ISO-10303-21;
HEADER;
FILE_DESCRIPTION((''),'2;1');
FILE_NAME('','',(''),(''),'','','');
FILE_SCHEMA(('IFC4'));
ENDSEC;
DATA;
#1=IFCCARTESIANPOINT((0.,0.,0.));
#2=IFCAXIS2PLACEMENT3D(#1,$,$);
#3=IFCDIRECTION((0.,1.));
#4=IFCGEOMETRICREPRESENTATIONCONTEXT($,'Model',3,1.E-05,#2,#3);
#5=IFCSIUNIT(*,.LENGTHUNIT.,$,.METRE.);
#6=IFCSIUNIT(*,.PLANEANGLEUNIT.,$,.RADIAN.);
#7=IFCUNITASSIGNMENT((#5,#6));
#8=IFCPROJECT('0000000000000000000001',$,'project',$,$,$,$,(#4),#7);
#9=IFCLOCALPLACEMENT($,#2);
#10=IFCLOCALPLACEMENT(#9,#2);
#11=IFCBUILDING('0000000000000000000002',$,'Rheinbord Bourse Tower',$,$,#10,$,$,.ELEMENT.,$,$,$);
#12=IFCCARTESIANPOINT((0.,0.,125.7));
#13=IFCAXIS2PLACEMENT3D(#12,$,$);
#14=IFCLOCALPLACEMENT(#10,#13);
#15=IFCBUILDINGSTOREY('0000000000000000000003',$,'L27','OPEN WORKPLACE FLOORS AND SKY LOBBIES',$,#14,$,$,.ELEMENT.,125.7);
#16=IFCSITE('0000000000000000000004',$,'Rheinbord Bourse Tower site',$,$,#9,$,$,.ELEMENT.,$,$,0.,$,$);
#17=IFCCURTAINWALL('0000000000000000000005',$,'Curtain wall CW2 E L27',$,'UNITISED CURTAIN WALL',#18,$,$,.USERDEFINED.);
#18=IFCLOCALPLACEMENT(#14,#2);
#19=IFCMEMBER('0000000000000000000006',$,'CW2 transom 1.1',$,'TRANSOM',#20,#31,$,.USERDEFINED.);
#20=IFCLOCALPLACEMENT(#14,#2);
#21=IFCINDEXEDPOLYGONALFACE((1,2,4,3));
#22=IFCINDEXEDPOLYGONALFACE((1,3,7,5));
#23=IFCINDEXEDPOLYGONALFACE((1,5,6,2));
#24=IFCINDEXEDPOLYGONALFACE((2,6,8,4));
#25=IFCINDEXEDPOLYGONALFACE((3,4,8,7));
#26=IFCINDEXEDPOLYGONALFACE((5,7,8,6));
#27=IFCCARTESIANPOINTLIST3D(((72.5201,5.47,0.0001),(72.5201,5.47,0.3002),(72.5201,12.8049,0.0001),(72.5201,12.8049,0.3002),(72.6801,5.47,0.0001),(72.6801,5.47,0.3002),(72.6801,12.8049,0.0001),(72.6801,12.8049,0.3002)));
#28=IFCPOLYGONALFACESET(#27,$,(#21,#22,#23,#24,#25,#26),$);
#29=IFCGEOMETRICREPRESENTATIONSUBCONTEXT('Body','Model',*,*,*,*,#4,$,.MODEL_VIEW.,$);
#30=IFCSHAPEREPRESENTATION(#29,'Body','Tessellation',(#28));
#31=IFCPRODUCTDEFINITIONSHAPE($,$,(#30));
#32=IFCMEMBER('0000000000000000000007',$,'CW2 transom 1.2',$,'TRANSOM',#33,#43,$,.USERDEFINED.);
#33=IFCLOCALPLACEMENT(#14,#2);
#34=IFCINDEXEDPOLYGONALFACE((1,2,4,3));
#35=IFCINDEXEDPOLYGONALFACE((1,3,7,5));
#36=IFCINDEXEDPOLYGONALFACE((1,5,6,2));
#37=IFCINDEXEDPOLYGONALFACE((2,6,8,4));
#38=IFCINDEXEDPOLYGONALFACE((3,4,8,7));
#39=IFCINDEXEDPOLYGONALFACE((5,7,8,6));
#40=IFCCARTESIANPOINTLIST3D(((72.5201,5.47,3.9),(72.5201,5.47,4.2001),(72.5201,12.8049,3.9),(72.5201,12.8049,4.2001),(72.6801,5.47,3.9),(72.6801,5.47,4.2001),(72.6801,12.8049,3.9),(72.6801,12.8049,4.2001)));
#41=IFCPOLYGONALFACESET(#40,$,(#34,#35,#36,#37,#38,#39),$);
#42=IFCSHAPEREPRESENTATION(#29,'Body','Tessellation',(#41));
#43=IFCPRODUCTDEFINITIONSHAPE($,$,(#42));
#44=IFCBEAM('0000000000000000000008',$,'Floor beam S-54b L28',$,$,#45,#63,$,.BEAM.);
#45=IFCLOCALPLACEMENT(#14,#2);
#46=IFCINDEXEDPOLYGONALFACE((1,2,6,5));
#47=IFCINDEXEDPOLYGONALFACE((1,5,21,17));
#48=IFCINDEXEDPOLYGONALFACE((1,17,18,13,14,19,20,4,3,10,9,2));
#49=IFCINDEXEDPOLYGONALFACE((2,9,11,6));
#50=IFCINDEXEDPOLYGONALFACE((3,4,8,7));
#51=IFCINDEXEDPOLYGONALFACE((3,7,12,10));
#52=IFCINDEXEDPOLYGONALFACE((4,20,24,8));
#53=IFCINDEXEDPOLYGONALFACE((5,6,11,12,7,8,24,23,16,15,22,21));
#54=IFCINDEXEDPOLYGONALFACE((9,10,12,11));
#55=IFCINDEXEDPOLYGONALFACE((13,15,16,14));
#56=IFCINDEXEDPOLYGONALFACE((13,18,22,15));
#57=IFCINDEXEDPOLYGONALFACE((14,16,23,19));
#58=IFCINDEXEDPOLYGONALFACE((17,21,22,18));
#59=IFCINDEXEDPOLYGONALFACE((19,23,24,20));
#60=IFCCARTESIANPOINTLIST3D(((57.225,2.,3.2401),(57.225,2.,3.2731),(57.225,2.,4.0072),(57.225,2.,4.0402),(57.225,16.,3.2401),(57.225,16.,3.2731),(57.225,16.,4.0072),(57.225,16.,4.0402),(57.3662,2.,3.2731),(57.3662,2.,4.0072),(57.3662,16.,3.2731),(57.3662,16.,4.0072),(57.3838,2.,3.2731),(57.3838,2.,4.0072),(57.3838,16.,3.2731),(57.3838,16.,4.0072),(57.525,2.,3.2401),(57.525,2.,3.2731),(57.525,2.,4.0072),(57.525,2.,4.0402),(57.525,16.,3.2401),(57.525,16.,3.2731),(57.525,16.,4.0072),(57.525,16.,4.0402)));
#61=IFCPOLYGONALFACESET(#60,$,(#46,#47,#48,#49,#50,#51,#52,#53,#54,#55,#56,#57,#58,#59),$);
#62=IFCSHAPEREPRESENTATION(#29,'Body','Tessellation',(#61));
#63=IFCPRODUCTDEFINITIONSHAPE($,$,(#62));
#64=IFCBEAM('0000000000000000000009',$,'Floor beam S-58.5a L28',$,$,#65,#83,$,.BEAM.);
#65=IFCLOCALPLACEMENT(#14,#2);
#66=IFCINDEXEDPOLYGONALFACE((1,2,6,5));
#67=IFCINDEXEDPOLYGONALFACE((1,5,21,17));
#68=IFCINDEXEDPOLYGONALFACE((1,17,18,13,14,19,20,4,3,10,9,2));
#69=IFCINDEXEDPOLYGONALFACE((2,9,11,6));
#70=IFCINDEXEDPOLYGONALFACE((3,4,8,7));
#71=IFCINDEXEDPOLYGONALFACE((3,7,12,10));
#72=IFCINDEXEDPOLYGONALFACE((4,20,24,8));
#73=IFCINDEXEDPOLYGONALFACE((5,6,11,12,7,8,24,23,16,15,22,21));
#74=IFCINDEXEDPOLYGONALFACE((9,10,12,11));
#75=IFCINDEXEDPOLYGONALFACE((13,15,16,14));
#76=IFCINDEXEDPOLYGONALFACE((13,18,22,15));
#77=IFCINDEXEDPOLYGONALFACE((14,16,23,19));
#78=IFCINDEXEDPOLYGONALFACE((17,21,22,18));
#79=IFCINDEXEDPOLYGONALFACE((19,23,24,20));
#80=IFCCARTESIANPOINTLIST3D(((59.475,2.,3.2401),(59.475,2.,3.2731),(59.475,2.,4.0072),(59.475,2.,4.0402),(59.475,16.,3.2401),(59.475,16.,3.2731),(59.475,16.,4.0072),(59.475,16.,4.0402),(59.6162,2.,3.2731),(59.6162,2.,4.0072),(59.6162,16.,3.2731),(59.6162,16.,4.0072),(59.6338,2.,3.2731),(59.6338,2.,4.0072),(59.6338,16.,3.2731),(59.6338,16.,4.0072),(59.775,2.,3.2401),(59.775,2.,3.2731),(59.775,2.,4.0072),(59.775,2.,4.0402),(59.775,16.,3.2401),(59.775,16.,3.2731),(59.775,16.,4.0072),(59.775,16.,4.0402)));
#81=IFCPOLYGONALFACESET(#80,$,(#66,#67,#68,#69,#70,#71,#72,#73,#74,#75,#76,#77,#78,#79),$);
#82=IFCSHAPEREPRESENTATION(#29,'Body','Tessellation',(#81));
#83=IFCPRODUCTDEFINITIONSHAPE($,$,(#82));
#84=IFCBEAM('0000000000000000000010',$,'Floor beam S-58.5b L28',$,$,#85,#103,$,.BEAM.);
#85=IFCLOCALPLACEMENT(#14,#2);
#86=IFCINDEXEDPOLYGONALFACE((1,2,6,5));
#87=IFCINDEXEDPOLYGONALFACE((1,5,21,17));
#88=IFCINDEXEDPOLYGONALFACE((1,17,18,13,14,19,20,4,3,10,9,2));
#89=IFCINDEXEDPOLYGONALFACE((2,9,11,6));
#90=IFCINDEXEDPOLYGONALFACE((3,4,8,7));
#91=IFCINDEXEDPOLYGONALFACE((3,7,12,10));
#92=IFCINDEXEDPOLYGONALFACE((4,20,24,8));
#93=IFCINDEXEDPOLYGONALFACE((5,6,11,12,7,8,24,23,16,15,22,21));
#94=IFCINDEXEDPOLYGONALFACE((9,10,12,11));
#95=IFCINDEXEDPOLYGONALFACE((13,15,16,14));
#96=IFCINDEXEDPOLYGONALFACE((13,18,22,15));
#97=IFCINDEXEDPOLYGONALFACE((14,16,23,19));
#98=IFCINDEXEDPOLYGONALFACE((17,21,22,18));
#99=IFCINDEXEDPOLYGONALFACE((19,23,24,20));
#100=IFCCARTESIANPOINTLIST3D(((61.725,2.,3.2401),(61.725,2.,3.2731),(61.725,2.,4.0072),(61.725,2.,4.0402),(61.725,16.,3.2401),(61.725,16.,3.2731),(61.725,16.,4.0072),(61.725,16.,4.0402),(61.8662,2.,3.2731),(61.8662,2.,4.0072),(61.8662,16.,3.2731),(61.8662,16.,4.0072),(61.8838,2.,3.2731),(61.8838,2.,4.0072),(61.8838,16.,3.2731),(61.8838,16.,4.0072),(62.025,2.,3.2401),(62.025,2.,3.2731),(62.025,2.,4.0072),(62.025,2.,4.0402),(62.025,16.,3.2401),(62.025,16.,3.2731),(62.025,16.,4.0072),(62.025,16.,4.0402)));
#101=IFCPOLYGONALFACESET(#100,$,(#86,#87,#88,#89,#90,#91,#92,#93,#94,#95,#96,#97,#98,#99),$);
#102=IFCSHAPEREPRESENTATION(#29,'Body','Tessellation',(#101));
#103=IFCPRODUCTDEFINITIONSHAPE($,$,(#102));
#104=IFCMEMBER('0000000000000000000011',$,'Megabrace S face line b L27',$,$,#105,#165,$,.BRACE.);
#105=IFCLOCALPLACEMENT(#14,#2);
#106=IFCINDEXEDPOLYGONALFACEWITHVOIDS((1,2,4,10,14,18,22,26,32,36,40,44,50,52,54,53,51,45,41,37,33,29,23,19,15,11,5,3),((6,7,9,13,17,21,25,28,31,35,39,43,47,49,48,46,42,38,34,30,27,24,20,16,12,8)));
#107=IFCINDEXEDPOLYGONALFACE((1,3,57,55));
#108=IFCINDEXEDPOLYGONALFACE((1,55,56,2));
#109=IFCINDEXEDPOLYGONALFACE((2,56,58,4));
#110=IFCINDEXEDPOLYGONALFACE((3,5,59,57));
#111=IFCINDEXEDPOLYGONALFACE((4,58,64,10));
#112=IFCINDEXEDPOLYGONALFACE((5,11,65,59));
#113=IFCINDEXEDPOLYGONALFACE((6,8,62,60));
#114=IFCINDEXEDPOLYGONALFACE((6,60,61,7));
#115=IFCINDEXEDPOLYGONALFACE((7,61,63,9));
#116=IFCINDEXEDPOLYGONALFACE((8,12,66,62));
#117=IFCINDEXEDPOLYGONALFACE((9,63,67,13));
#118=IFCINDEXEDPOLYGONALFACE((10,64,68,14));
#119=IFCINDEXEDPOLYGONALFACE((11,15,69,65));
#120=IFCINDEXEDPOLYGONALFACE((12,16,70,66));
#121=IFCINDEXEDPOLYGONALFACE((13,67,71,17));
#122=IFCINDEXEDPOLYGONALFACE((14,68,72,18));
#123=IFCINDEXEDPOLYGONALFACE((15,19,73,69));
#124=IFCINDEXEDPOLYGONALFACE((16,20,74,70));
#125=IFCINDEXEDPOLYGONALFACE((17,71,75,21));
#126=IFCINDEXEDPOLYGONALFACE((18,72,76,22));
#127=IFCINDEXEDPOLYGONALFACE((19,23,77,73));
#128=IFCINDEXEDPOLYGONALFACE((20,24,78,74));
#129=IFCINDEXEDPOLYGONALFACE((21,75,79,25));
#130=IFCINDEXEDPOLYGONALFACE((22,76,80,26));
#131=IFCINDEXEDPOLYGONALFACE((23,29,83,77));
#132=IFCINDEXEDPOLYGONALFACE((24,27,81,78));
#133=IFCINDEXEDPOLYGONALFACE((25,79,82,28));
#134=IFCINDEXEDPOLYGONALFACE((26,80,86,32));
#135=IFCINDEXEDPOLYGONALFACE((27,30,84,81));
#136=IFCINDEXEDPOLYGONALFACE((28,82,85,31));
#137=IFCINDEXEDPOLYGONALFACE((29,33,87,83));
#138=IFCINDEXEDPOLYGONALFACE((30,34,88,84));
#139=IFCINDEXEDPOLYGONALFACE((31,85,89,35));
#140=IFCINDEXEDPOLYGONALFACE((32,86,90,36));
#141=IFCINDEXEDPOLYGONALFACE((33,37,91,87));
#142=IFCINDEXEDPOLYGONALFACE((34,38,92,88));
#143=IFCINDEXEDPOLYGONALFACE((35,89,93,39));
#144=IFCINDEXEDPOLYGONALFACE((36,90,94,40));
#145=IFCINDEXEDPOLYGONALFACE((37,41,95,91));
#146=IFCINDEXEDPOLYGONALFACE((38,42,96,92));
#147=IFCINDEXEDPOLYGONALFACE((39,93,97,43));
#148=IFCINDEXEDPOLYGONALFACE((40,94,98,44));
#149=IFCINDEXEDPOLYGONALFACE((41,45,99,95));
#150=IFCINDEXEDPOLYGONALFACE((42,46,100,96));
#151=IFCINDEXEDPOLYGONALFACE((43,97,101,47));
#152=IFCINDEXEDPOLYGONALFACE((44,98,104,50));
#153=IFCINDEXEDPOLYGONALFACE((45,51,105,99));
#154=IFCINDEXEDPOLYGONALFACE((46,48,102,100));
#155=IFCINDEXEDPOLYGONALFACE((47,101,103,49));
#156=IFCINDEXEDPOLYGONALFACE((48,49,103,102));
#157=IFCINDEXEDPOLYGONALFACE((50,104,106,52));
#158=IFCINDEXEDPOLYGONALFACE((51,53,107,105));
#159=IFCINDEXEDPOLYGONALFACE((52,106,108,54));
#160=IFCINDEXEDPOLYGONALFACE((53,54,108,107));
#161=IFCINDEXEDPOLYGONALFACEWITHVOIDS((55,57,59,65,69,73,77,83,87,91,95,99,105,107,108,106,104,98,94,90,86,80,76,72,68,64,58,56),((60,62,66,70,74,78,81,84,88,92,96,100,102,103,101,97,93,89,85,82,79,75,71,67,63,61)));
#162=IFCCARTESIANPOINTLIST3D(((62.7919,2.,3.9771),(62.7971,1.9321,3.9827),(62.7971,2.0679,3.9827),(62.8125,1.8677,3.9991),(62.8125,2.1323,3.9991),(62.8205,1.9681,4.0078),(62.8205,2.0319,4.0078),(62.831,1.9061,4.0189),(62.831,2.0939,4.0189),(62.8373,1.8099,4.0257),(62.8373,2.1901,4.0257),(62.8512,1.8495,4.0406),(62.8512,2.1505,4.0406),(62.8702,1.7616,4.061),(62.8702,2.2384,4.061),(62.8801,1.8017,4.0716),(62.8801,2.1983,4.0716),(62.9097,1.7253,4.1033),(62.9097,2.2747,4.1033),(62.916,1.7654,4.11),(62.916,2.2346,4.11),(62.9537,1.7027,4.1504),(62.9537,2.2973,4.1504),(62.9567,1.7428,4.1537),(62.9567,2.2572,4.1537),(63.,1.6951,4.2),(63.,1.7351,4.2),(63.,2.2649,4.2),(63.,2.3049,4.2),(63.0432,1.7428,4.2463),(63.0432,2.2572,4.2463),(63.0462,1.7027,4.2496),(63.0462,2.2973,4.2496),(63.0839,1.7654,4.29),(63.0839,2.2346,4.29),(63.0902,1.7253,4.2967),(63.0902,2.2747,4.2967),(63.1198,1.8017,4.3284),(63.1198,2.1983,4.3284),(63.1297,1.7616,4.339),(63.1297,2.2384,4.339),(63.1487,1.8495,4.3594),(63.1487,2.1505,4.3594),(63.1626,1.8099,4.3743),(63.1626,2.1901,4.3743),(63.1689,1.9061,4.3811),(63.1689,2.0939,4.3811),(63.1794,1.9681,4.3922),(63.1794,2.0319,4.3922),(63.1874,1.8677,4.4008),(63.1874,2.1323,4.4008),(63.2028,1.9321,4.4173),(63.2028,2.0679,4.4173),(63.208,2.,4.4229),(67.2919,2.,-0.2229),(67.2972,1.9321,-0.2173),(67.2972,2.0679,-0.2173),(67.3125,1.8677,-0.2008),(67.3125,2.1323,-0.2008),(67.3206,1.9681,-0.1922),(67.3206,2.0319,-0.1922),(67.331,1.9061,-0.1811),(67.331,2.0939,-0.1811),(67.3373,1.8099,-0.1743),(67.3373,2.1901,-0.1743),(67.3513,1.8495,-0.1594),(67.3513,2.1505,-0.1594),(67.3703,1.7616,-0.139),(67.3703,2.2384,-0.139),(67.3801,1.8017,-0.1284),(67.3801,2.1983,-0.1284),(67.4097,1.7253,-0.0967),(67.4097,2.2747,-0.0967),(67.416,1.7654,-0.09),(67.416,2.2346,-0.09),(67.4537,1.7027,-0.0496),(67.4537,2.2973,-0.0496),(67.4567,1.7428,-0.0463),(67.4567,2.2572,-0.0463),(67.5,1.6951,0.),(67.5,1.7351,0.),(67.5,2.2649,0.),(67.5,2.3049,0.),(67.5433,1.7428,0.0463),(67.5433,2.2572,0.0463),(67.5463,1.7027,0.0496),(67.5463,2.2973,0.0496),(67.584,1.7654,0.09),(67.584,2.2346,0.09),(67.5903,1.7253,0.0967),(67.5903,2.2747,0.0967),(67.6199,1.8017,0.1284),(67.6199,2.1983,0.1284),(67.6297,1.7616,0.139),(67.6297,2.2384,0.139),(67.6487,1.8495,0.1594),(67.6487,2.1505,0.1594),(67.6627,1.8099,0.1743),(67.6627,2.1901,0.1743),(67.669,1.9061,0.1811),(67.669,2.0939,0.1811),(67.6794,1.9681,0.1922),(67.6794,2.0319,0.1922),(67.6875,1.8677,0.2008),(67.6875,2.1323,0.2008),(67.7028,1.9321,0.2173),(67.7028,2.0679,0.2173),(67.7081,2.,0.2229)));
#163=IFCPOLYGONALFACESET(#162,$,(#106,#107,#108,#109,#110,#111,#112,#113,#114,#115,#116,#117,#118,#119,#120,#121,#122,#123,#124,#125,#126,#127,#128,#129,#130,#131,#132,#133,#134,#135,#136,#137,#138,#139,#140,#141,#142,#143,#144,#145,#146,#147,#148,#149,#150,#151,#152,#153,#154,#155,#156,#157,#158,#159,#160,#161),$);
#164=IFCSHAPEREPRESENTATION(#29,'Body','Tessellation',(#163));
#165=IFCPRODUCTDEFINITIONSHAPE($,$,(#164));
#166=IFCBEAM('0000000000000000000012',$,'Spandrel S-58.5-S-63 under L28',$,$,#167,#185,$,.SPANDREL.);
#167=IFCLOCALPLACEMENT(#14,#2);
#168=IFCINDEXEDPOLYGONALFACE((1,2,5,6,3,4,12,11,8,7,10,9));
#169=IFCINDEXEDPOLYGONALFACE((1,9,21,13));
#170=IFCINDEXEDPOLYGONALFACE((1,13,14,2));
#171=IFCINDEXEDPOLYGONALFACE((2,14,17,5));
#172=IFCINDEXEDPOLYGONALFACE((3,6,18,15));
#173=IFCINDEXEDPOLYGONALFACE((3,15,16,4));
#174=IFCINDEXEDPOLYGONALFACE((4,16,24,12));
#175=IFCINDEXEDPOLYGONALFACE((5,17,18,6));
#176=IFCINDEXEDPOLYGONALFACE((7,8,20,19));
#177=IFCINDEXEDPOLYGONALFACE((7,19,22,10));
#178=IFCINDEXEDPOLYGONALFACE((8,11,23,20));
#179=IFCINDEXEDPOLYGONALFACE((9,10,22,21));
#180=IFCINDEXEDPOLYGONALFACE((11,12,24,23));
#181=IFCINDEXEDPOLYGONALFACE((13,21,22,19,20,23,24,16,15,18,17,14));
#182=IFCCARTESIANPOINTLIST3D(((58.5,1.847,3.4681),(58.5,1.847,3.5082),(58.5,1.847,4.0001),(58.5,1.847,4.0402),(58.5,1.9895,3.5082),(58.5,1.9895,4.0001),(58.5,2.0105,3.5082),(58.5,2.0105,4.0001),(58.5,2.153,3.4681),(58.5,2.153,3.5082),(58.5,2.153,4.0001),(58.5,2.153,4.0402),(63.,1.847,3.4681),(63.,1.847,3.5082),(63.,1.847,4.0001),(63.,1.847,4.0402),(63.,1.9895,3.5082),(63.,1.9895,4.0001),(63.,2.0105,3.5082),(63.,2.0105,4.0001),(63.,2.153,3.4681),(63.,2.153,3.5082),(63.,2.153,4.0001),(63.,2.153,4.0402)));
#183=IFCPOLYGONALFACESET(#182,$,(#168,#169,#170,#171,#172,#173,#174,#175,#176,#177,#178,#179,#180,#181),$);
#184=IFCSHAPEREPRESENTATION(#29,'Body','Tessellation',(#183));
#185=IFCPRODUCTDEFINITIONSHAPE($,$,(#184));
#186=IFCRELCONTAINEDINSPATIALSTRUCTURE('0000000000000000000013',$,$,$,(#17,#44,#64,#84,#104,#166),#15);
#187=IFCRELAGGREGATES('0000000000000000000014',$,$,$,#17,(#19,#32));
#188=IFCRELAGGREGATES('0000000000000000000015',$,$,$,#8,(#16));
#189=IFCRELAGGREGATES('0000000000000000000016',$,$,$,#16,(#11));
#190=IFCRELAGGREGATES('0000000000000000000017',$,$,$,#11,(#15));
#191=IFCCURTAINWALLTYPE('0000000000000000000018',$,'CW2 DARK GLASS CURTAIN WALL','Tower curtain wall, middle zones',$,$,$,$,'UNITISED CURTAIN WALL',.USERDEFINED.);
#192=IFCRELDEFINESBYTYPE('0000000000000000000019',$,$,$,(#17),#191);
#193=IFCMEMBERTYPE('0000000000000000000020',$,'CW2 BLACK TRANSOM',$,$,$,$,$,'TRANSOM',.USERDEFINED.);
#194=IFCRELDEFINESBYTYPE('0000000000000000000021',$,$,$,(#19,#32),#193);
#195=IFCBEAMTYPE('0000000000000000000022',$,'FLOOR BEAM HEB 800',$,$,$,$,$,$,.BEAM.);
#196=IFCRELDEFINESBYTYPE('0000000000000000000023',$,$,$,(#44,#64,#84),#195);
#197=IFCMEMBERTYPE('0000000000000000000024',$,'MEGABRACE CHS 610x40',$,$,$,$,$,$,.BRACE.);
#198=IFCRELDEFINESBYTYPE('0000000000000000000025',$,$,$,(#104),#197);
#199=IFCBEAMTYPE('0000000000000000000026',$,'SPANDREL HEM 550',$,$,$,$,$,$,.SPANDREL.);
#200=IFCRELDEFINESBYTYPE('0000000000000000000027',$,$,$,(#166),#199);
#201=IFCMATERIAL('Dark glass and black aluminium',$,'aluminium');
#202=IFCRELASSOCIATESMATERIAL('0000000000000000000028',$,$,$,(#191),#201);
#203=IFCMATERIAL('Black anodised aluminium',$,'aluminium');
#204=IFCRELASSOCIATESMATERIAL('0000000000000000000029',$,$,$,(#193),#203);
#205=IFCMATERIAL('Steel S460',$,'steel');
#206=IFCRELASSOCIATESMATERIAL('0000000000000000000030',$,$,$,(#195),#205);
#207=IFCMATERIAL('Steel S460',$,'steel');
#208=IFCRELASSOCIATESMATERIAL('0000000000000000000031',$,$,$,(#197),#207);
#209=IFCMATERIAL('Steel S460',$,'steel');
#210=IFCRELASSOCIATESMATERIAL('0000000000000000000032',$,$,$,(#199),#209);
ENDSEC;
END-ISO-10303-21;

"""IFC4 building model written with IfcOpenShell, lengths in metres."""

from ifc_helpers import new_model, si_unit, direction, frame, origin, origin_2d, place, context, subcontext, project, spatial, rectangle, hollow_circle, i_section, extrude, material, material_profile, profile_set, type_object, element, aggregate, save


model = new_model("IFC4")

# Units and contexts
model_context = context("Model", 3, precision=1e-05, world=origin(), true_north=direction((0.0, 1.0)))
body_context = subcontext(model_context, "Body", "Model", "MODEL_VIEW")
ifc_project = project(units=[si_unit("LENGTHUNIT", "METRE"), si_unit("PLANEANGLEUNIT", "RADIAN")], contexts=[model_context])

# Site, building, storey
site_placement = place(None, origin())
site = spatial("IfcSite", under=ifc_project, at=site_placement, Name="Rheinbord Bourse Tower site", CompositionType="ELEMENT", RefElevation=0.0)
building_placement = place(site_placement, origin())
building = spatial("IfcBuilding", under=site, at=building_placement, Name="Rheinbord Bourse Tower", CompositionType="ELEMENT")
storey_placement = place(building_placement, frame((0.0, 0.0, 125.7)))
storey = spatial("IfcBuildingStorey", under=building, at=storey_placement, Name="L27", Description="OPEN WORKPLACE FLOORS AND SKY LOBBIES", CompositionType="ELEMENT", Elevation=125.7)

# Shared definitions
ifc_material_1 = material(Name="Dark glass and black aluminium", Category="aluminium")
curtain_wall_type = type_object("IfcCurtainWallType", Name="CW2 DARK GLASS CURTAIN WALL", Description="Tower curtain wall, middle zones", ElementType="UNITISED CURTAIN WALL", PredefinedType="USERDEFINED", material=ifc_material_1)

# Curtain wall
curtain_wall_1_placement = place(storey_placement, origin())
curtain_wall_1 = element("IfcCurtainWall", 1, at=curtain_wall_1_placement, inside=storey, type_object=curtain_wall_type, Name="Curtain wall CW2 E L27", ObjectType="UNITISED CURTAIN WALL", PredefinedType="USERDEFINED")

# Members
ifc_material_2 = material(Name="Black anodised aluminium", Category="aluminium")
ifc_material_profile_1 = material_profile(ifc_material_2, rectangle(XDim=0.1599, YDim=0.3, at=origin_2d()), Name="CW2 TRANSOM 300x160")
ifc_profile_set_1 = profile_set([ifc_material_profile_1], Name="Black anodised aluminium")
member_type_1 = type_object("IfcMemberType", Name="CW2 BLACK TRANSOM", ElementType="TRANSOM", PredefinedType="USERDEFINED", material=ifc_profile_set_1)
member_1_placement = place(storey_placement, frame((72.6001, 5.47, 0.1501), z_axis=(0.0, 1.0, 0.0), x_axis=(-1.0, 0.0, 0.0)))
member_1 = element("IfcMember", 2, at=member_1_placement, type_object=member_type_1, Name="CW2 transom 1.1", ObjectType="TRANSOM", PredefinedType="USERDEFINED", context=body_context, shape_type="SweptSolid", body=[
    extrude(rectangle(XDim=0.1599, YDim=0.3, at=origin_2d()), origin(), (0.0, 0.0, 1.0), 7.335),
])
member_2_placement = place(storey_placement, frame((72.6001, 5.47, 4.05), z_axis=(0.0, 1.0, 0.0), x_axis=(-1.0, 0.0, 0.0)))
member_2 = element("IfcMember", 3, at=member_2_placement, type_object=member_type_1, Name="CW2 transom 1.2", ObjectType="TRANSOM", PredefinedType="USERDEFINED", context=body_context, shape_type="SweptSolid", body=[
    extrude(rectangle(XDim=0.1599, YDim=0.3, at=origin_2d()), origin(), (0.0, 0.0, 1.0), 7.335),
])

# Beams
ifc_material_3 = material(Name="Steel S460", Category="steel")
ifc_material_profile_2 = material_profile(ifc_material_3, i_section(OverallWidth=0.3, OverallDepth=0.8, WebThickness=0.0176, FlangeThickness=0.033, at=origin_2d()), Name="HEB 800")
ifc_profile_set_2 = profile_set([ifc_material_profile_2], Name="Steel S460")
beam_type_1 = type_object("IfcBeamType", Name="FLOOR BEAM HEB 800", PredefinedType="BEAM", material=ifc_profile_set_2)
for number, where, z_axis, x_axis, name in (
    (4, (57.375, 2.0, 3.6401), (0.0, 1.0, 0.0), (-1.0, 0.0, 0.0), "Floor beam S-54b L28"),
    (5, (59.625, 2.0, 3.6401), (0.0, 1.0, 0.0), (-1.0, 0.0, 0.0), "Floor beam S-58.5a L28"),
    (6, (61.875, 2.0, 3.6401), (0.0, 1.0, 0.0), (-1.0, 0.0, 0.0), "Floor beam S-58.5b L28"),
):
    element("IfcBeam", number, at=place(storey_placement, frame(where, z_axis=z_axis, x_axis=x_axis)), inside=storey, type_object=beam_type_1, Name=name, PredefinedType="BEAM", context=body_context, shape_type="SweptSolid", body=[
        extrude(i_section(OverallWidth=0.3, OverallDepth=0.8, WebThickness=0.0176, FlangeThickness=0.033, at=origin_2d()), origin(), (0.0, 0.0, 1.0), 14.0),
    ])

# Member
ifc_material_4 = material(Name="Steel S460", Category="steel")
ifc_material_profile_3 = material_profile(ifc_material_4, hollow_circle(Radius=0.3049, WallThickness=0.04, at=origin_2d()), Name="CHS 610x40")
ifc_profile_set_3 = profile_set([ifc_material_profile_3], Name="Steel S460")
member_type_2 = type_object("IfcMemberType", Name="MEGABRACE CHS 610x40", PredefinedType="BRACE", material=ifc_profile_set_3)
member_3_placement = place(storey_placement, frame((67.5, 2.0, 0.0), z_axis=(-0.731059, 0.0, 0.682314), x_axis=(0.0, -1.0, 0.0)))
element("IfcMember", 7, at=member_3_placement, inside=storey, type_object=member_type_2, Name="Megabrace S face line b L27", PredefinedType="BRACE", context=body_context, shape_type="SweptSolid", body=[
    extrude(hollow_circle(Radius=0.3049, WallThickness=0.04, at=origin_2d()), origin(), (0.0, 0.0, 1.0), 6.1555),
])

# Beam
ifc_material_5 = material(Name="Steel S460", Category="steel")
ifc_material_profile_4 = material_profile(ifc_material_5, i_section(OverallWidth=0.3059, OverallDepth=0.572, WebThickness=0.021, FlangeThickness=0.04, at=origin_2d()), Name="HEM 550")
ifc_profile_set_4 = profile_set([ifc_material_profile_4], Name="Steel S460")
beam_type_2 = type_object("IfcBeamType", Name="SPANDREL HEM 550", PredefinedType="SPANDREL", material=ifc_profile_set_4)
for number, where, z_axis, x_axis, name in (
    (8, (58.5, 2.0, 3.7542), (1.0, 0.0, 0.0), (0.0, 1.0, 0.0), "Spandrel S-58.5-S-63 under L28"),
):
    element("IfcBeam", number, at=place(storey_placement, frame(where, z_axis=z_axis, x_axis=x_axis)), inside=storey, type_object=beam_type_2, Name=name, PredefinedType="SPANDREL", context=body_context, shape_type="SweptSolid", body=[
        extrude(i_section(OverallWidth=0.3059, OverallDepth=0.572, WebThickness=0.021, FlangeThickness=0.04, at=origin_2d()), origin(), (0.0, 0.0, 1.0), 4.5),
    ])

aggregate(curtain_wall_1, [member_1, member_2])

save(model, "model.ifc")
